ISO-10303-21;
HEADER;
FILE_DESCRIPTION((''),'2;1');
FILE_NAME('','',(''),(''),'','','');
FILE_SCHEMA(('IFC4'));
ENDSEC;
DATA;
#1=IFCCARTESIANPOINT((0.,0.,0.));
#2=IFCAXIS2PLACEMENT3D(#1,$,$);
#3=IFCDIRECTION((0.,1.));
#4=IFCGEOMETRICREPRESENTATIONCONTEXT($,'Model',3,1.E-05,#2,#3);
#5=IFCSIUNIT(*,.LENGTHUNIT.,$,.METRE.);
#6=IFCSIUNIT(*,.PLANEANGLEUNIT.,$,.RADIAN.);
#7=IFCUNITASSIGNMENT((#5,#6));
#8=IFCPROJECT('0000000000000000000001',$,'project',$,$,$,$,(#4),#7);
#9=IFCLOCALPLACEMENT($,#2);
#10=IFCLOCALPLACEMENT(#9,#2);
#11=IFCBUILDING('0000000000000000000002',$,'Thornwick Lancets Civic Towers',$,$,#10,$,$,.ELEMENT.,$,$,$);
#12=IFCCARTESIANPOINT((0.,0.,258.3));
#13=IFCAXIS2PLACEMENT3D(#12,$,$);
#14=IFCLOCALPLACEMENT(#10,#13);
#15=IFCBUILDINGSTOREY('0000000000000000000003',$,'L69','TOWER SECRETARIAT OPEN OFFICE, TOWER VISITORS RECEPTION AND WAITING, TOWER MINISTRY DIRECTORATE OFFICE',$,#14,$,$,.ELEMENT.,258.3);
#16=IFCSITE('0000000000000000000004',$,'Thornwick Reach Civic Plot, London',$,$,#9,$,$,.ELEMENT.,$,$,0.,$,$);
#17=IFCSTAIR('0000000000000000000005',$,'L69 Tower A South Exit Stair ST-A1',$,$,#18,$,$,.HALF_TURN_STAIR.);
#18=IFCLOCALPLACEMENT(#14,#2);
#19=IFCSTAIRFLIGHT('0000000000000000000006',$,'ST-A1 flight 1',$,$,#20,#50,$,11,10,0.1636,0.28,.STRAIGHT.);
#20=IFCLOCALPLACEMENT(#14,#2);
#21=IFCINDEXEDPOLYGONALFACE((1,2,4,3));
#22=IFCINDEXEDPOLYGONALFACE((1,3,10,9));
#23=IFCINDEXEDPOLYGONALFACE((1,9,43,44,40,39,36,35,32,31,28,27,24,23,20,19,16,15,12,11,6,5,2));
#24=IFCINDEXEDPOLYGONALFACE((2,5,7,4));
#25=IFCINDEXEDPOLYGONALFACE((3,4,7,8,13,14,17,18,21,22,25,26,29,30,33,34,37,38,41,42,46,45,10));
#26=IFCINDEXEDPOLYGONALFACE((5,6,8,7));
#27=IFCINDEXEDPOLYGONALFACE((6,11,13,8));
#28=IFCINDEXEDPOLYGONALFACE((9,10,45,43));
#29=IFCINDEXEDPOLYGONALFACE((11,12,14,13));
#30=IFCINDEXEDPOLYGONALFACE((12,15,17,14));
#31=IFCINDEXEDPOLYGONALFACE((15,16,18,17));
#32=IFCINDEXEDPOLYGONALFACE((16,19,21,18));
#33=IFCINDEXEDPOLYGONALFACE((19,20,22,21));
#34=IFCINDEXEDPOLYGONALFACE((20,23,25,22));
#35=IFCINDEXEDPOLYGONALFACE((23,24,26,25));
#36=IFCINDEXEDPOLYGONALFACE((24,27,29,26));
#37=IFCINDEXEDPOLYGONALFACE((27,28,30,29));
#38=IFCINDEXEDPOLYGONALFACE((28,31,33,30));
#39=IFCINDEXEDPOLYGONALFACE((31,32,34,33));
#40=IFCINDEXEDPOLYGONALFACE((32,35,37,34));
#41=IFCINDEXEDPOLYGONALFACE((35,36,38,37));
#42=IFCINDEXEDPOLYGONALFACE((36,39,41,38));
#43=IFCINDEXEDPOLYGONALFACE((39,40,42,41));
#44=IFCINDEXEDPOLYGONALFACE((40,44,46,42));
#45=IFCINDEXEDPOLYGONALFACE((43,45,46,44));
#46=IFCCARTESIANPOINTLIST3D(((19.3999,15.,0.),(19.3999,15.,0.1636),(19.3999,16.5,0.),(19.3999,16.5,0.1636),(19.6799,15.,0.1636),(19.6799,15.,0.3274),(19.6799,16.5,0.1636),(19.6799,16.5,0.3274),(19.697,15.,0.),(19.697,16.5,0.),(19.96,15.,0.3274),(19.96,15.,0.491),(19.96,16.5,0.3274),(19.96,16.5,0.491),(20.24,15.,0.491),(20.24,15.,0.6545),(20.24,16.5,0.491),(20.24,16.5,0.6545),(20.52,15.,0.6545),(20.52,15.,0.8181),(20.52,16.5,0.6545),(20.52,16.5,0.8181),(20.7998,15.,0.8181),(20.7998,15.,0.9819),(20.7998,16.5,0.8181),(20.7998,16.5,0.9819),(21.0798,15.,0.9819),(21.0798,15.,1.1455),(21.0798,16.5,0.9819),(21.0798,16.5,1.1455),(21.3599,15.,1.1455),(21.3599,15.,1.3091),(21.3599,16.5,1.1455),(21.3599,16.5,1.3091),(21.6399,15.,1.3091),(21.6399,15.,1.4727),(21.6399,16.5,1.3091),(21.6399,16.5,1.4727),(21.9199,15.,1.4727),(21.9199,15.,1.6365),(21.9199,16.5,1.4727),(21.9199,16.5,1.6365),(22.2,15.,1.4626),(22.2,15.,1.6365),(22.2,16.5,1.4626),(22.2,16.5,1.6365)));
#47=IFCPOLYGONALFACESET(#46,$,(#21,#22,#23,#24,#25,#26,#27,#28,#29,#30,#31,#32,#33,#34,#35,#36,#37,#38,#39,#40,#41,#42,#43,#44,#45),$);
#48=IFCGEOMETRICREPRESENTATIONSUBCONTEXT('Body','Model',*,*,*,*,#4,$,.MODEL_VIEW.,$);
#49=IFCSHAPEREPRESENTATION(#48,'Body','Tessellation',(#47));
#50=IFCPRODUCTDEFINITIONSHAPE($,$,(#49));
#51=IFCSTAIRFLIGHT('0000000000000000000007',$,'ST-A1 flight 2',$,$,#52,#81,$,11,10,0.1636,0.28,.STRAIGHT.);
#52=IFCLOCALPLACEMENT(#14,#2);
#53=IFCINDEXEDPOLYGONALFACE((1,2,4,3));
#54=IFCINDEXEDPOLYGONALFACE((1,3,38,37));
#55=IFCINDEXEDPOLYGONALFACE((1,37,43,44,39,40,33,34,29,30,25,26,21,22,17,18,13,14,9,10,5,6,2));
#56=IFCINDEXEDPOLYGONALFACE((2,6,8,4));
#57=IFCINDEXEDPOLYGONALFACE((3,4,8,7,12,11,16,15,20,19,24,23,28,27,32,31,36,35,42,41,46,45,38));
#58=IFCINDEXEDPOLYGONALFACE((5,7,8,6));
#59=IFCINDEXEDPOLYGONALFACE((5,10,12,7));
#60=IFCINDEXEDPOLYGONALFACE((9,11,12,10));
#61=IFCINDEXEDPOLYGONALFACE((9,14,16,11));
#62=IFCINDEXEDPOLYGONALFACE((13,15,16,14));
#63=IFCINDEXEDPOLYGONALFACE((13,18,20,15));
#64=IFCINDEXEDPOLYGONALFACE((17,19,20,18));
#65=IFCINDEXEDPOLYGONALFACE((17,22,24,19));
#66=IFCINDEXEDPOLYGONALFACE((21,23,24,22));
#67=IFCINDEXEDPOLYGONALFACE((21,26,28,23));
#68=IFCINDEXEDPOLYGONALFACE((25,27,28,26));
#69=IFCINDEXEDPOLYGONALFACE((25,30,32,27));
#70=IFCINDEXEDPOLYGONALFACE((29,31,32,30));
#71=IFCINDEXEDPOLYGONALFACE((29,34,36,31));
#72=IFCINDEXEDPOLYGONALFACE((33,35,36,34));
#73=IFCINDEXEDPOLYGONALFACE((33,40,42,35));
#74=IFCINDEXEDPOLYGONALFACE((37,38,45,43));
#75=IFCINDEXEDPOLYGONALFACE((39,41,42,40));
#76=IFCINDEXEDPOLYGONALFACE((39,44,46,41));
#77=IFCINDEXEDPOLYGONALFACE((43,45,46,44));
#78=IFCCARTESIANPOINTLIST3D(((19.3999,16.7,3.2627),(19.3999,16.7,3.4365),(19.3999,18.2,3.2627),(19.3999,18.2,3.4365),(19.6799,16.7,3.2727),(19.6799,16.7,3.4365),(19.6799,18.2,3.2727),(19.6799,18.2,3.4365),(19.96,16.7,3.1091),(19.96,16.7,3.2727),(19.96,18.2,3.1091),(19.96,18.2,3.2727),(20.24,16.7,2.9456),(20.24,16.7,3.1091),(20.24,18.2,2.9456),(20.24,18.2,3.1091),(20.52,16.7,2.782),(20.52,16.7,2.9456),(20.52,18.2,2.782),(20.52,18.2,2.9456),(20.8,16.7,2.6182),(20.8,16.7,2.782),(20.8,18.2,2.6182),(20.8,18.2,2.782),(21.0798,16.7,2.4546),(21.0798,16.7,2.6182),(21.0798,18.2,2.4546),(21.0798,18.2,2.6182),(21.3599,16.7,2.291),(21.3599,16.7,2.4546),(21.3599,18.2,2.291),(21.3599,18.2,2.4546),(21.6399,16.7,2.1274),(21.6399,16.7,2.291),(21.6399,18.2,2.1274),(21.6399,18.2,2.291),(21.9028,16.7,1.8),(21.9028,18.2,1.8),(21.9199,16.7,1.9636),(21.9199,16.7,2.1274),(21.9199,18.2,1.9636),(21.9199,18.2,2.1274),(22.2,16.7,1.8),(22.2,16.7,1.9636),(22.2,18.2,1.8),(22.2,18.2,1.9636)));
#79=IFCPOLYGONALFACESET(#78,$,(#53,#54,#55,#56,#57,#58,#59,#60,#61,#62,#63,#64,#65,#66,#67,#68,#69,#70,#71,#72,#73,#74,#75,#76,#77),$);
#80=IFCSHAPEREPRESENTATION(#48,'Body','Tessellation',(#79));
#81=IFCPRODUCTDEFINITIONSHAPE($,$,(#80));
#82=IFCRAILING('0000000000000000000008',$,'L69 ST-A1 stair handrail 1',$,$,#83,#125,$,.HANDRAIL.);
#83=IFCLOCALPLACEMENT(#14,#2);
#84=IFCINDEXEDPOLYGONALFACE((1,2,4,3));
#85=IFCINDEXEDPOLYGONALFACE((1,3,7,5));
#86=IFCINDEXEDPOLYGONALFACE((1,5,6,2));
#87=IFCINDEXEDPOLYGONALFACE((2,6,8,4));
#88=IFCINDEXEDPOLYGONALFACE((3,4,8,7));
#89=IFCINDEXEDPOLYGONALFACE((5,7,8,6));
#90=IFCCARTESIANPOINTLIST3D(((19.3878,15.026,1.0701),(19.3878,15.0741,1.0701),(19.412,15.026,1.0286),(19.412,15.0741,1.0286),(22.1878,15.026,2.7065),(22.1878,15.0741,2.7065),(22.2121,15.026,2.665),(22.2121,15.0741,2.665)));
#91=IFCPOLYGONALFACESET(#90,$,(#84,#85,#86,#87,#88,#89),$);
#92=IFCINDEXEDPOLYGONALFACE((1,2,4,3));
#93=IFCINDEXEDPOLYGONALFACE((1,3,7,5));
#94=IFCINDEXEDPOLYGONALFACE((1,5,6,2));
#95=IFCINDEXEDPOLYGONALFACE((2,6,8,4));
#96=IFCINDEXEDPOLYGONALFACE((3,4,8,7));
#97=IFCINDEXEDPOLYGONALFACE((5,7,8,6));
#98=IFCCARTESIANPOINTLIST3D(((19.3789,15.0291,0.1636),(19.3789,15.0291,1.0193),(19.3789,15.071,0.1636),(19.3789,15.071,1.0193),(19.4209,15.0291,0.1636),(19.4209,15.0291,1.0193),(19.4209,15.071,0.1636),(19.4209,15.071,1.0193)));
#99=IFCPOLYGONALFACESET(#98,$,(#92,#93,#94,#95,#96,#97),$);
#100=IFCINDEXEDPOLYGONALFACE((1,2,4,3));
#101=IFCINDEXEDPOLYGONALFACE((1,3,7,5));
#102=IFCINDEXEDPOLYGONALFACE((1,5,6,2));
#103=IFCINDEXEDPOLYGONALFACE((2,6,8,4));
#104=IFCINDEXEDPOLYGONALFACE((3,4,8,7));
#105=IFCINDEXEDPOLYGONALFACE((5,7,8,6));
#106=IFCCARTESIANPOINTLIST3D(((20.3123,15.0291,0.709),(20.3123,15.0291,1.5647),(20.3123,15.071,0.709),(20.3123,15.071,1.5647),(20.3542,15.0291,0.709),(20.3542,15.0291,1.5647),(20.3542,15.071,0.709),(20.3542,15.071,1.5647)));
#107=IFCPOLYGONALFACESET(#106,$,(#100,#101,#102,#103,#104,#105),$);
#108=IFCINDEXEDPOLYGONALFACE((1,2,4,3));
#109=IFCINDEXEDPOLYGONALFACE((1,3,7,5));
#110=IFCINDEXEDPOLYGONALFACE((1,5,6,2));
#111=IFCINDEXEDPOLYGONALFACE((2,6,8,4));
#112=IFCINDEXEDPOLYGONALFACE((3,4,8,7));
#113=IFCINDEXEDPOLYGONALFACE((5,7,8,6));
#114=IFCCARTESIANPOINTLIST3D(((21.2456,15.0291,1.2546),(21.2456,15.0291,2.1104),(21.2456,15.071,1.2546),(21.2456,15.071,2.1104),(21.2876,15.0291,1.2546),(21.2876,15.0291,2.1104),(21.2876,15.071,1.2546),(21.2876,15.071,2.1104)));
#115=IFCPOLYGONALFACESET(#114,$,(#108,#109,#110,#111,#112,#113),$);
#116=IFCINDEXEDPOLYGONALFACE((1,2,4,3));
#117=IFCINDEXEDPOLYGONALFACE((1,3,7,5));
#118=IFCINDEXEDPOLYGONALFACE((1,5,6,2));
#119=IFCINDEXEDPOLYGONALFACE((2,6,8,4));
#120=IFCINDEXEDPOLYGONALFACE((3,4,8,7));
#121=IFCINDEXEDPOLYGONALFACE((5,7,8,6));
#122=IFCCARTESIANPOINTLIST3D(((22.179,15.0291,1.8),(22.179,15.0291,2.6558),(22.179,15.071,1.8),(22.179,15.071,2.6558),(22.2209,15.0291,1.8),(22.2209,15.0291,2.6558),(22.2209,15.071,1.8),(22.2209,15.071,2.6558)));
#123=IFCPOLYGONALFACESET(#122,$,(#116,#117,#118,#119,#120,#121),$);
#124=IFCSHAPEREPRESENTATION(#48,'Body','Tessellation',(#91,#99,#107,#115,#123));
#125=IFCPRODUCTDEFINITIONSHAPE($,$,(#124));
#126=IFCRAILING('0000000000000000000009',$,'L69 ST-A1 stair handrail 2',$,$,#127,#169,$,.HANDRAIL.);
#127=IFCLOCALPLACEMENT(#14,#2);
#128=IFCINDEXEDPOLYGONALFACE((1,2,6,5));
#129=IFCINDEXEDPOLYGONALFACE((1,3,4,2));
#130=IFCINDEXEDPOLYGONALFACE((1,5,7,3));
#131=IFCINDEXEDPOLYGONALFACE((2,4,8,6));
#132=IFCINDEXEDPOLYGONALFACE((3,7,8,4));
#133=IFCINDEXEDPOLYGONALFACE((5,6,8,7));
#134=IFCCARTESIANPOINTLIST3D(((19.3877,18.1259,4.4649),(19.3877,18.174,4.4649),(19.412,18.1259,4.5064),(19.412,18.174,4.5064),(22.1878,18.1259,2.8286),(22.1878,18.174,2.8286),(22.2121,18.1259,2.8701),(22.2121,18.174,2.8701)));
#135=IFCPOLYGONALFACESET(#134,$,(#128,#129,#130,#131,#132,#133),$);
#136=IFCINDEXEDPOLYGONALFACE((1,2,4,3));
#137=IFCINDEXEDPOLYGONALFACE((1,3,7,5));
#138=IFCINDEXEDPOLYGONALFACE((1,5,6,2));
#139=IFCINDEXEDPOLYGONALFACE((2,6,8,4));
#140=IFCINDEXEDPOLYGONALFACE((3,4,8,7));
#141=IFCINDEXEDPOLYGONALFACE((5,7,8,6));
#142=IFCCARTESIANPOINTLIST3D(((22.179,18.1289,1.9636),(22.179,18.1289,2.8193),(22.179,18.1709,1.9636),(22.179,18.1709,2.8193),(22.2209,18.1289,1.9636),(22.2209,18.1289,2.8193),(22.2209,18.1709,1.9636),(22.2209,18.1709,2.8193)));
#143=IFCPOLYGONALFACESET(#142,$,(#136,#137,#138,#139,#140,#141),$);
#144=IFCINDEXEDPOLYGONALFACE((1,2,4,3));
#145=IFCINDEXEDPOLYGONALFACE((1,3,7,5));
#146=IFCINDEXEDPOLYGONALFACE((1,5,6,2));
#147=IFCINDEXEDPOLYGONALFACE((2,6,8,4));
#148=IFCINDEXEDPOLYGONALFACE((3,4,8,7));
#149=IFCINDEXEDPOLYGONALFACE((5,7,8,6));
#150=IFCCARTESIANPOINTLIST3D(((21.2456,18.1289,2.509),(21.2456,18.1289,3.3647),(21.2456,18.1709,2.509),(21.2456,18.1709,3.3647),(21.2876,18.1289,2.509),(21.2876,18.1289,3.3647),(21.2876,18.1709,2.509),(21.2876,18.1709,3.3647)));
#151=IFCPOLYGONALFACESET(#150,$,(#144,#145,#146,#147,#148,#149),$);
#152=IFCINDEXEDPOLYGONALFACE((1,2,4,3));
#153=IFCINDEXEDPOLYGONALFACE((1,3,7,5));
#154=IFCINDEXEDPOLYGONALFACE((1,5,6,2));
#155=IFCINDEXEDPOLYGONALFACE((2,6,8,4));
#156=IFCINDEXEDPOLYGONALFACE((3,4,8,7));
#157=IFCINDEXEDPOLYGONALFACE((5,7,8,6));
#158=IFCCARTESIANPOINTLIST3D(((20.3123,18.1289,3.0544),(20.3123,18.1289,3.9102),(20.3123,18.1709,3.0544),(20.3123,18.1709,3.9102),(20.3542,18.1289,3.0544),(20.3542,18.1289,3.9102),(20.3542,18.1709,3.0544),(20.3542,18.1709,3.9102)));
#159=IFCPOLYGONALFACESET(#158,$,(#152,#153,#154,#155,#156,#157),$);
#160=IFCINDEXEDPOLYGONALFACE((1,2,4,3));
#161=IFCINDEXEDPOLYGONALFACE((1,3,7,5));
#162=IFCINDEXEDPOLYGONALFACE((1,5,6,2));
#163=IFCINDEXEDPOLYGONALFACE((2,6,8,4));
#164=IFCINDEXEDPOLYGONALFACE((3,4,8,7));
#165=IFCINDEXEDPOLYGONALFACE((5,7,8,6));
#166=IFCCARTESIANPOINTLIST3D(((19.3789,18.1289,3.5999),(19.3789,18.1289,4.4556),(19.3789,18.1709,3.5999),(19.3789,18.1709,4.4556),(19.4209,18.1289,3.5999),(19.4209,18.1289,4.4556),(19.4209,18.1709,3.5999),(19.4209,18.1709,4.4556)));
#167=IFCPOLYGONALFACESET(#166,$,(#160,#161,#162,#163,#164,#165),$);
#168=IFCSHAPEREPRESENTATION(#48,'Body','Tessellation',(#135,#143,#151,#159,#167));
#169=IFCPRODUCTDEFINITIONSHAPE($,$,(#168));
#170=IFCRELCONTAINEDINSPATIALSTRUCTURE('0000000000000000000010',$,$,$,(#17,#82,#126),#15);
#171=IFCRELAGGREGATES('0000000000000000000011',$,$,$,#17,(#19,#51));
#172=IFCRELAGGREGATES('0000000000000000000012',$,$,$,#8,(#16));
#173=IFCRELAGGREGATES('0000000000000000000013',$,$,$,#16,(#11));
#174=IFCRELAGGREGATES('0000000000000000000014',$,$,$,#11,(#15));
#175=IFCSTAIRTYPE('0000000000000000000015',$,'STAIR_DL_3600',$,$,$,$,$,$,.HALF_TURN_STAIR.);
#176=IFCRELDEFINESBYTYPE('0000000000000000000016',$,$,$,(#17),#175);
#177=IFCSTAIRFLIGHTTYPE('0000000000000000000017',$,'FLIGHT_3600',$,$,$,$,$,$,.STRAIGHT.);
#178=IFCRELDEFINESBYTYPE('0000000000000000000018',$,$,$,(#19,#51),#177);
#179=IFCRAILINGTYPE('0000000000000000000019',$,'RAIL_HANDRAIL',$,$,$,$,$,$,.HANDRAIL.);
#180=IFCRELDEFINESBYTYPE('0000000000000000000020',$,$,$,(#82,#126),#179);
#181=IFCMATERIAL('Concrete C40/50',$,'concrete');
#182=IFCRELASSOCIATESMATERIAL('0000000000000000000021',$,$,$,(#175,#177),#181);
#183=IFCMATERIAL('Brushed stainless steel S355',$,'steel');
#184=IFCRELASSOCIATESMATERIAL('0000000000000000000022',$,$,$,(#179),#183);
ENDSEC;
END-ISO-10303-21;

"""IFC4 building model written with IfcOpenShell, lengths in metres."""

from ifc_helpers import new_model, si_unit, direction, frame, origin, origin_2d, place, context, subcontext, project, spatial, polyline, rectangle, outline, extrude, material, type_object, element, aggregate, save


model = new_model("IFC4")

# Units and contexts
model_context = context("Model", 3, precision=1e-05, world=origin(), true_north=direction((0.0, 1.0)))
body_context = subcontext(model_context, "Body", "Model", "MODEL_VIEW")
ifc_project = project(units=[si_unit("LENGTHUNIT", "METRE"), si_unit("PLANEANGLEUNIT", "RADIAN")], contexts=[model_context])

# Site, building, storey
site_placement = place(None, origin())
site = spatial("IfcSite", under=ifc_project, at=site_placement, Name="Thornwick Reach Civic Plot, London", CompositionType="ELEMENT", RefElevation=0.0)
building_placement = place(site_placement, origin())
building = spatial("IfcBuilding", under=site, at=building_placement, Name="Thornwick Lancets Civic Towers", CompositionType="ELEMENT")
storey_placement = place(building_placement, frame((0.0, 0.0, 258.3)))
storey = spatial("IfcBuildingStorey", under=building, at=storey_placement, Name="L69", Description="TOWER SECRETARIAT OPEN OFFICE, TOWER VISITORS RECEPTION AND WAITING, TOWER MINISTRY DIRECTORATE OFFICE", CompositionType="ELEMENT", Elevation=258.3)

# Shared definitions
ifc_material_1 = material(Name="Concrete C40/50", Category="concrete")

# Stair, stair flights
stair_type = type_object("IfcStairType", Name="STAIR_DL_3600", PredefinedType="HALF_TURN_STAIR", material=ifc_material_1)
stair_placement = place(storey_placement, origin())
stair = element("IfcStair", 1, at=stair_placement, inside=storey, type_object=stair_type, Name="L69 Tower A South Exit Stair ST-A1", PredefinedType="HALF_TURN_STAIR")
stair_flight_type = type_object("IfcStairFlightType", Name="FLIGHT_3600", PredefinedType="STRAIGHT", material=ifc_material_1)
stair_flight_1_placement = place(storey_placement, frame((19.3999, 15.75, 0.0), z_axis=(0.0, 0.0, 1.0), x_axis=(1.0, 0.0, 0.0)))
stair_flight_1 = element("IfcStairFlight", 2, at=stair_flight_1_placement, type_object=stair_flight_type, Name="ST-A1 flight 1", NumberOfRisers=11, NumberOfTreads=10, PredefinedType="STRAIGHT", RiserHeight=0.1636, TreadLength=0.28, context=body_context, shape_type="SweptSolid", body=[
    extrude(outline(polyline([(0.0, 0.0), (0.0, 0.1636), (0.28, 0.1636), (0.28, 0.3274), (0.5601, 0.3274), (0.5601, 0.491), (0.8401, 0.491), (0.8401, 0.6545), (1.1201, 0.6545), (1.1201, 0.8181), (1.3999, 0.8181), (1.3999, 0.9819), (1.6799, 0.9819), (1.6799, 1.1455), (1.96, 1.1455), (1.96, 1.3091), (2.24, 1.3091), (2.24, 1.4727), (2.52, 1.4727), (2.52, 1.6365), (2.8, 1.6365), (2.8, 1.8), (2.8, 1.4626), (0.2971, 0.0), (0.0, 0.0)])), frame((0.0, 0.75, 0.0), z_axis=(0.0, -1.0, 0.0), x_axis=(1.0, 0.0, 0.0)), (0.0, 0.0, 1.0), 1.5),
])
stair_flight_2_placement = place(storey_placement, frame((22.2, 17.45, 1.8), z_axis=(0.0, 0.0, 1.0), x_axis=(-1.0, 0.0, 0.0)))
stair_flight_2 = element("IfcStairFlight", 3, at=stair_flight_2_placement, type_object=stair_flight_type, Name="ST-A1 flight 2", NumberOfRisers=11, NumberOfTreads=10, PredefinedType="STRAIGHT", RiserHeight=0.1636, TreadLength=0.28, context=body_context, shape_type="SweptSolid", body=[
    extrude(outline(polyline([(0.0, 0.0), (0.0, 0.1636), (0.28, 0.1636), (0.28, 0.3274), (0.5601, 0.3274), (0.5601, 0.491), (0.8401, 0.491), (0.8401, 0.6545), (1.1201, 0.6545), (1.1201, 0.8181), (1.3999, 0.8181), (1.3999, 0.9819), (1.6799, 0.9819), (1.6799, 1.1455), (1.96, 1.1455), (1.96, 1.3091), (2.24, 1.3091), (2.24, 1.4727), (2.52, 1.4727), (2.52, 1.6365), (2.8, 1.6365), (2.8, 1.8), (2.8, 1.4626), (0.2971, 0.0), (0.0, 0.0)])), frame((0.0, 0.75, 0.0), z_axis=(0.0, -1.0, 0.0), x_axis=(1.0, 0.0, 0.0)), (0.0, 0.0, 1.0), 1.5),
])
aggregate(stair, [stair_flight_1, stair_flight_2])

# Railings
ifc_material_2 = material(Name="Brushed stainless steel S355", Category="steel")
railing_type_1 = type_object("IfcRailingType", Name="RAIL_HANDRAIL", PredefinedType="HANDRAIL", material=ifc_material_2)
railing_1_placement = place(storey_placement, frame((19.3999, 15.05, 0.1636)))
element("IfcRailing", 4, at=railing_1_placement, inside=storey, type_object=railing_type_1, Name="L69 ST-A1 stair handrail 1", PredefinedType="HANDRAIL", context=body_context, shape_type="SweptSolid", body=[
    extrude(rectangle(XDim=0.0481, YDim=0.0481, at=origin_2d()), frame((0.0, 0.0, 0.8857), z_axis=(0.863361, 0.0, 0.504587), x_axis=(0.0, 1.0, 0.0)), (0.0, 0.0, 1.0), 3.2432),
    extrude(rectangle(XDim=0.042, YDim=0.042, at=origin_2d()), origin(), (0.0, 0.0, 1.0), 0.8557),
    extrude(rectangle(XDim=0.042, YDim=0.042, at=origin_2d()), frame((0.9333, 0.0, 0.5454)), (0.0, 0.0, 1.0), 0.8557),
    extrude(rectangle(XDim=0.042, YDim=0.042, at=origin_2d()), frame((1.8667, 0.0, 1.0911)), (0.0, 0.0, 1.0), 0.8557),
    extrude(rectangle(XDim=0.042, YDim=0.042, at=origin_2d()), frame((2.8, 0.0, 1.6365)), (0.0, 0.0, 1.0), 0.8557),
])
railing_2_placement = place(storey_placement, frame((22.2, 18.1499, 1.9636)))
element("IfcRailing", 5, at=railing_2_placement, inside=storey, type_object=railing_type_1, Name="L69 ST-A1 stair handrail 2", PredefinedType="HANDRAIL", context=body_context, shape_type="SweptSolid", body=[
    extrude(rectangle(XDim=0.0481, YDim=0.0481, at=origin_2d()), frame((0.0, 0.0, 0.8857), z_axis=(-0.863394, 0.0, 0.504531), x_axis=(0.0, -1.0, 0.0)), (0.0, 0.0, 1.0), 3.2432),
    extrude(rectangle(XDim=0.042, YDim=0.042, at=origin_2d()), origin(), (0.0, 0.0, 1.0), 0.8557),
    extrude(rectangle(XDim=0.042, YDim=0.042, at=origin_2d()), frame((-0.9333, 0.0, 0.5454)), (0.0, 0.0, 1.0), 0.8557),
    extrude(rectangle(XDim=0.042, YDim=0.042, at=origin_2d()), frame((-1.8667, 0.0, 1.0908)), (0.0, 0.0, 1.0), 0.8557),
    extrude(rectangle(XDim=0.042, YDim=0.042, at=origin_2d()), frame((-2.8, 0.0, 1.6362)), (0.0, 0.0, 1.0), 0.8557),
])

save(model, "model.ifc")
